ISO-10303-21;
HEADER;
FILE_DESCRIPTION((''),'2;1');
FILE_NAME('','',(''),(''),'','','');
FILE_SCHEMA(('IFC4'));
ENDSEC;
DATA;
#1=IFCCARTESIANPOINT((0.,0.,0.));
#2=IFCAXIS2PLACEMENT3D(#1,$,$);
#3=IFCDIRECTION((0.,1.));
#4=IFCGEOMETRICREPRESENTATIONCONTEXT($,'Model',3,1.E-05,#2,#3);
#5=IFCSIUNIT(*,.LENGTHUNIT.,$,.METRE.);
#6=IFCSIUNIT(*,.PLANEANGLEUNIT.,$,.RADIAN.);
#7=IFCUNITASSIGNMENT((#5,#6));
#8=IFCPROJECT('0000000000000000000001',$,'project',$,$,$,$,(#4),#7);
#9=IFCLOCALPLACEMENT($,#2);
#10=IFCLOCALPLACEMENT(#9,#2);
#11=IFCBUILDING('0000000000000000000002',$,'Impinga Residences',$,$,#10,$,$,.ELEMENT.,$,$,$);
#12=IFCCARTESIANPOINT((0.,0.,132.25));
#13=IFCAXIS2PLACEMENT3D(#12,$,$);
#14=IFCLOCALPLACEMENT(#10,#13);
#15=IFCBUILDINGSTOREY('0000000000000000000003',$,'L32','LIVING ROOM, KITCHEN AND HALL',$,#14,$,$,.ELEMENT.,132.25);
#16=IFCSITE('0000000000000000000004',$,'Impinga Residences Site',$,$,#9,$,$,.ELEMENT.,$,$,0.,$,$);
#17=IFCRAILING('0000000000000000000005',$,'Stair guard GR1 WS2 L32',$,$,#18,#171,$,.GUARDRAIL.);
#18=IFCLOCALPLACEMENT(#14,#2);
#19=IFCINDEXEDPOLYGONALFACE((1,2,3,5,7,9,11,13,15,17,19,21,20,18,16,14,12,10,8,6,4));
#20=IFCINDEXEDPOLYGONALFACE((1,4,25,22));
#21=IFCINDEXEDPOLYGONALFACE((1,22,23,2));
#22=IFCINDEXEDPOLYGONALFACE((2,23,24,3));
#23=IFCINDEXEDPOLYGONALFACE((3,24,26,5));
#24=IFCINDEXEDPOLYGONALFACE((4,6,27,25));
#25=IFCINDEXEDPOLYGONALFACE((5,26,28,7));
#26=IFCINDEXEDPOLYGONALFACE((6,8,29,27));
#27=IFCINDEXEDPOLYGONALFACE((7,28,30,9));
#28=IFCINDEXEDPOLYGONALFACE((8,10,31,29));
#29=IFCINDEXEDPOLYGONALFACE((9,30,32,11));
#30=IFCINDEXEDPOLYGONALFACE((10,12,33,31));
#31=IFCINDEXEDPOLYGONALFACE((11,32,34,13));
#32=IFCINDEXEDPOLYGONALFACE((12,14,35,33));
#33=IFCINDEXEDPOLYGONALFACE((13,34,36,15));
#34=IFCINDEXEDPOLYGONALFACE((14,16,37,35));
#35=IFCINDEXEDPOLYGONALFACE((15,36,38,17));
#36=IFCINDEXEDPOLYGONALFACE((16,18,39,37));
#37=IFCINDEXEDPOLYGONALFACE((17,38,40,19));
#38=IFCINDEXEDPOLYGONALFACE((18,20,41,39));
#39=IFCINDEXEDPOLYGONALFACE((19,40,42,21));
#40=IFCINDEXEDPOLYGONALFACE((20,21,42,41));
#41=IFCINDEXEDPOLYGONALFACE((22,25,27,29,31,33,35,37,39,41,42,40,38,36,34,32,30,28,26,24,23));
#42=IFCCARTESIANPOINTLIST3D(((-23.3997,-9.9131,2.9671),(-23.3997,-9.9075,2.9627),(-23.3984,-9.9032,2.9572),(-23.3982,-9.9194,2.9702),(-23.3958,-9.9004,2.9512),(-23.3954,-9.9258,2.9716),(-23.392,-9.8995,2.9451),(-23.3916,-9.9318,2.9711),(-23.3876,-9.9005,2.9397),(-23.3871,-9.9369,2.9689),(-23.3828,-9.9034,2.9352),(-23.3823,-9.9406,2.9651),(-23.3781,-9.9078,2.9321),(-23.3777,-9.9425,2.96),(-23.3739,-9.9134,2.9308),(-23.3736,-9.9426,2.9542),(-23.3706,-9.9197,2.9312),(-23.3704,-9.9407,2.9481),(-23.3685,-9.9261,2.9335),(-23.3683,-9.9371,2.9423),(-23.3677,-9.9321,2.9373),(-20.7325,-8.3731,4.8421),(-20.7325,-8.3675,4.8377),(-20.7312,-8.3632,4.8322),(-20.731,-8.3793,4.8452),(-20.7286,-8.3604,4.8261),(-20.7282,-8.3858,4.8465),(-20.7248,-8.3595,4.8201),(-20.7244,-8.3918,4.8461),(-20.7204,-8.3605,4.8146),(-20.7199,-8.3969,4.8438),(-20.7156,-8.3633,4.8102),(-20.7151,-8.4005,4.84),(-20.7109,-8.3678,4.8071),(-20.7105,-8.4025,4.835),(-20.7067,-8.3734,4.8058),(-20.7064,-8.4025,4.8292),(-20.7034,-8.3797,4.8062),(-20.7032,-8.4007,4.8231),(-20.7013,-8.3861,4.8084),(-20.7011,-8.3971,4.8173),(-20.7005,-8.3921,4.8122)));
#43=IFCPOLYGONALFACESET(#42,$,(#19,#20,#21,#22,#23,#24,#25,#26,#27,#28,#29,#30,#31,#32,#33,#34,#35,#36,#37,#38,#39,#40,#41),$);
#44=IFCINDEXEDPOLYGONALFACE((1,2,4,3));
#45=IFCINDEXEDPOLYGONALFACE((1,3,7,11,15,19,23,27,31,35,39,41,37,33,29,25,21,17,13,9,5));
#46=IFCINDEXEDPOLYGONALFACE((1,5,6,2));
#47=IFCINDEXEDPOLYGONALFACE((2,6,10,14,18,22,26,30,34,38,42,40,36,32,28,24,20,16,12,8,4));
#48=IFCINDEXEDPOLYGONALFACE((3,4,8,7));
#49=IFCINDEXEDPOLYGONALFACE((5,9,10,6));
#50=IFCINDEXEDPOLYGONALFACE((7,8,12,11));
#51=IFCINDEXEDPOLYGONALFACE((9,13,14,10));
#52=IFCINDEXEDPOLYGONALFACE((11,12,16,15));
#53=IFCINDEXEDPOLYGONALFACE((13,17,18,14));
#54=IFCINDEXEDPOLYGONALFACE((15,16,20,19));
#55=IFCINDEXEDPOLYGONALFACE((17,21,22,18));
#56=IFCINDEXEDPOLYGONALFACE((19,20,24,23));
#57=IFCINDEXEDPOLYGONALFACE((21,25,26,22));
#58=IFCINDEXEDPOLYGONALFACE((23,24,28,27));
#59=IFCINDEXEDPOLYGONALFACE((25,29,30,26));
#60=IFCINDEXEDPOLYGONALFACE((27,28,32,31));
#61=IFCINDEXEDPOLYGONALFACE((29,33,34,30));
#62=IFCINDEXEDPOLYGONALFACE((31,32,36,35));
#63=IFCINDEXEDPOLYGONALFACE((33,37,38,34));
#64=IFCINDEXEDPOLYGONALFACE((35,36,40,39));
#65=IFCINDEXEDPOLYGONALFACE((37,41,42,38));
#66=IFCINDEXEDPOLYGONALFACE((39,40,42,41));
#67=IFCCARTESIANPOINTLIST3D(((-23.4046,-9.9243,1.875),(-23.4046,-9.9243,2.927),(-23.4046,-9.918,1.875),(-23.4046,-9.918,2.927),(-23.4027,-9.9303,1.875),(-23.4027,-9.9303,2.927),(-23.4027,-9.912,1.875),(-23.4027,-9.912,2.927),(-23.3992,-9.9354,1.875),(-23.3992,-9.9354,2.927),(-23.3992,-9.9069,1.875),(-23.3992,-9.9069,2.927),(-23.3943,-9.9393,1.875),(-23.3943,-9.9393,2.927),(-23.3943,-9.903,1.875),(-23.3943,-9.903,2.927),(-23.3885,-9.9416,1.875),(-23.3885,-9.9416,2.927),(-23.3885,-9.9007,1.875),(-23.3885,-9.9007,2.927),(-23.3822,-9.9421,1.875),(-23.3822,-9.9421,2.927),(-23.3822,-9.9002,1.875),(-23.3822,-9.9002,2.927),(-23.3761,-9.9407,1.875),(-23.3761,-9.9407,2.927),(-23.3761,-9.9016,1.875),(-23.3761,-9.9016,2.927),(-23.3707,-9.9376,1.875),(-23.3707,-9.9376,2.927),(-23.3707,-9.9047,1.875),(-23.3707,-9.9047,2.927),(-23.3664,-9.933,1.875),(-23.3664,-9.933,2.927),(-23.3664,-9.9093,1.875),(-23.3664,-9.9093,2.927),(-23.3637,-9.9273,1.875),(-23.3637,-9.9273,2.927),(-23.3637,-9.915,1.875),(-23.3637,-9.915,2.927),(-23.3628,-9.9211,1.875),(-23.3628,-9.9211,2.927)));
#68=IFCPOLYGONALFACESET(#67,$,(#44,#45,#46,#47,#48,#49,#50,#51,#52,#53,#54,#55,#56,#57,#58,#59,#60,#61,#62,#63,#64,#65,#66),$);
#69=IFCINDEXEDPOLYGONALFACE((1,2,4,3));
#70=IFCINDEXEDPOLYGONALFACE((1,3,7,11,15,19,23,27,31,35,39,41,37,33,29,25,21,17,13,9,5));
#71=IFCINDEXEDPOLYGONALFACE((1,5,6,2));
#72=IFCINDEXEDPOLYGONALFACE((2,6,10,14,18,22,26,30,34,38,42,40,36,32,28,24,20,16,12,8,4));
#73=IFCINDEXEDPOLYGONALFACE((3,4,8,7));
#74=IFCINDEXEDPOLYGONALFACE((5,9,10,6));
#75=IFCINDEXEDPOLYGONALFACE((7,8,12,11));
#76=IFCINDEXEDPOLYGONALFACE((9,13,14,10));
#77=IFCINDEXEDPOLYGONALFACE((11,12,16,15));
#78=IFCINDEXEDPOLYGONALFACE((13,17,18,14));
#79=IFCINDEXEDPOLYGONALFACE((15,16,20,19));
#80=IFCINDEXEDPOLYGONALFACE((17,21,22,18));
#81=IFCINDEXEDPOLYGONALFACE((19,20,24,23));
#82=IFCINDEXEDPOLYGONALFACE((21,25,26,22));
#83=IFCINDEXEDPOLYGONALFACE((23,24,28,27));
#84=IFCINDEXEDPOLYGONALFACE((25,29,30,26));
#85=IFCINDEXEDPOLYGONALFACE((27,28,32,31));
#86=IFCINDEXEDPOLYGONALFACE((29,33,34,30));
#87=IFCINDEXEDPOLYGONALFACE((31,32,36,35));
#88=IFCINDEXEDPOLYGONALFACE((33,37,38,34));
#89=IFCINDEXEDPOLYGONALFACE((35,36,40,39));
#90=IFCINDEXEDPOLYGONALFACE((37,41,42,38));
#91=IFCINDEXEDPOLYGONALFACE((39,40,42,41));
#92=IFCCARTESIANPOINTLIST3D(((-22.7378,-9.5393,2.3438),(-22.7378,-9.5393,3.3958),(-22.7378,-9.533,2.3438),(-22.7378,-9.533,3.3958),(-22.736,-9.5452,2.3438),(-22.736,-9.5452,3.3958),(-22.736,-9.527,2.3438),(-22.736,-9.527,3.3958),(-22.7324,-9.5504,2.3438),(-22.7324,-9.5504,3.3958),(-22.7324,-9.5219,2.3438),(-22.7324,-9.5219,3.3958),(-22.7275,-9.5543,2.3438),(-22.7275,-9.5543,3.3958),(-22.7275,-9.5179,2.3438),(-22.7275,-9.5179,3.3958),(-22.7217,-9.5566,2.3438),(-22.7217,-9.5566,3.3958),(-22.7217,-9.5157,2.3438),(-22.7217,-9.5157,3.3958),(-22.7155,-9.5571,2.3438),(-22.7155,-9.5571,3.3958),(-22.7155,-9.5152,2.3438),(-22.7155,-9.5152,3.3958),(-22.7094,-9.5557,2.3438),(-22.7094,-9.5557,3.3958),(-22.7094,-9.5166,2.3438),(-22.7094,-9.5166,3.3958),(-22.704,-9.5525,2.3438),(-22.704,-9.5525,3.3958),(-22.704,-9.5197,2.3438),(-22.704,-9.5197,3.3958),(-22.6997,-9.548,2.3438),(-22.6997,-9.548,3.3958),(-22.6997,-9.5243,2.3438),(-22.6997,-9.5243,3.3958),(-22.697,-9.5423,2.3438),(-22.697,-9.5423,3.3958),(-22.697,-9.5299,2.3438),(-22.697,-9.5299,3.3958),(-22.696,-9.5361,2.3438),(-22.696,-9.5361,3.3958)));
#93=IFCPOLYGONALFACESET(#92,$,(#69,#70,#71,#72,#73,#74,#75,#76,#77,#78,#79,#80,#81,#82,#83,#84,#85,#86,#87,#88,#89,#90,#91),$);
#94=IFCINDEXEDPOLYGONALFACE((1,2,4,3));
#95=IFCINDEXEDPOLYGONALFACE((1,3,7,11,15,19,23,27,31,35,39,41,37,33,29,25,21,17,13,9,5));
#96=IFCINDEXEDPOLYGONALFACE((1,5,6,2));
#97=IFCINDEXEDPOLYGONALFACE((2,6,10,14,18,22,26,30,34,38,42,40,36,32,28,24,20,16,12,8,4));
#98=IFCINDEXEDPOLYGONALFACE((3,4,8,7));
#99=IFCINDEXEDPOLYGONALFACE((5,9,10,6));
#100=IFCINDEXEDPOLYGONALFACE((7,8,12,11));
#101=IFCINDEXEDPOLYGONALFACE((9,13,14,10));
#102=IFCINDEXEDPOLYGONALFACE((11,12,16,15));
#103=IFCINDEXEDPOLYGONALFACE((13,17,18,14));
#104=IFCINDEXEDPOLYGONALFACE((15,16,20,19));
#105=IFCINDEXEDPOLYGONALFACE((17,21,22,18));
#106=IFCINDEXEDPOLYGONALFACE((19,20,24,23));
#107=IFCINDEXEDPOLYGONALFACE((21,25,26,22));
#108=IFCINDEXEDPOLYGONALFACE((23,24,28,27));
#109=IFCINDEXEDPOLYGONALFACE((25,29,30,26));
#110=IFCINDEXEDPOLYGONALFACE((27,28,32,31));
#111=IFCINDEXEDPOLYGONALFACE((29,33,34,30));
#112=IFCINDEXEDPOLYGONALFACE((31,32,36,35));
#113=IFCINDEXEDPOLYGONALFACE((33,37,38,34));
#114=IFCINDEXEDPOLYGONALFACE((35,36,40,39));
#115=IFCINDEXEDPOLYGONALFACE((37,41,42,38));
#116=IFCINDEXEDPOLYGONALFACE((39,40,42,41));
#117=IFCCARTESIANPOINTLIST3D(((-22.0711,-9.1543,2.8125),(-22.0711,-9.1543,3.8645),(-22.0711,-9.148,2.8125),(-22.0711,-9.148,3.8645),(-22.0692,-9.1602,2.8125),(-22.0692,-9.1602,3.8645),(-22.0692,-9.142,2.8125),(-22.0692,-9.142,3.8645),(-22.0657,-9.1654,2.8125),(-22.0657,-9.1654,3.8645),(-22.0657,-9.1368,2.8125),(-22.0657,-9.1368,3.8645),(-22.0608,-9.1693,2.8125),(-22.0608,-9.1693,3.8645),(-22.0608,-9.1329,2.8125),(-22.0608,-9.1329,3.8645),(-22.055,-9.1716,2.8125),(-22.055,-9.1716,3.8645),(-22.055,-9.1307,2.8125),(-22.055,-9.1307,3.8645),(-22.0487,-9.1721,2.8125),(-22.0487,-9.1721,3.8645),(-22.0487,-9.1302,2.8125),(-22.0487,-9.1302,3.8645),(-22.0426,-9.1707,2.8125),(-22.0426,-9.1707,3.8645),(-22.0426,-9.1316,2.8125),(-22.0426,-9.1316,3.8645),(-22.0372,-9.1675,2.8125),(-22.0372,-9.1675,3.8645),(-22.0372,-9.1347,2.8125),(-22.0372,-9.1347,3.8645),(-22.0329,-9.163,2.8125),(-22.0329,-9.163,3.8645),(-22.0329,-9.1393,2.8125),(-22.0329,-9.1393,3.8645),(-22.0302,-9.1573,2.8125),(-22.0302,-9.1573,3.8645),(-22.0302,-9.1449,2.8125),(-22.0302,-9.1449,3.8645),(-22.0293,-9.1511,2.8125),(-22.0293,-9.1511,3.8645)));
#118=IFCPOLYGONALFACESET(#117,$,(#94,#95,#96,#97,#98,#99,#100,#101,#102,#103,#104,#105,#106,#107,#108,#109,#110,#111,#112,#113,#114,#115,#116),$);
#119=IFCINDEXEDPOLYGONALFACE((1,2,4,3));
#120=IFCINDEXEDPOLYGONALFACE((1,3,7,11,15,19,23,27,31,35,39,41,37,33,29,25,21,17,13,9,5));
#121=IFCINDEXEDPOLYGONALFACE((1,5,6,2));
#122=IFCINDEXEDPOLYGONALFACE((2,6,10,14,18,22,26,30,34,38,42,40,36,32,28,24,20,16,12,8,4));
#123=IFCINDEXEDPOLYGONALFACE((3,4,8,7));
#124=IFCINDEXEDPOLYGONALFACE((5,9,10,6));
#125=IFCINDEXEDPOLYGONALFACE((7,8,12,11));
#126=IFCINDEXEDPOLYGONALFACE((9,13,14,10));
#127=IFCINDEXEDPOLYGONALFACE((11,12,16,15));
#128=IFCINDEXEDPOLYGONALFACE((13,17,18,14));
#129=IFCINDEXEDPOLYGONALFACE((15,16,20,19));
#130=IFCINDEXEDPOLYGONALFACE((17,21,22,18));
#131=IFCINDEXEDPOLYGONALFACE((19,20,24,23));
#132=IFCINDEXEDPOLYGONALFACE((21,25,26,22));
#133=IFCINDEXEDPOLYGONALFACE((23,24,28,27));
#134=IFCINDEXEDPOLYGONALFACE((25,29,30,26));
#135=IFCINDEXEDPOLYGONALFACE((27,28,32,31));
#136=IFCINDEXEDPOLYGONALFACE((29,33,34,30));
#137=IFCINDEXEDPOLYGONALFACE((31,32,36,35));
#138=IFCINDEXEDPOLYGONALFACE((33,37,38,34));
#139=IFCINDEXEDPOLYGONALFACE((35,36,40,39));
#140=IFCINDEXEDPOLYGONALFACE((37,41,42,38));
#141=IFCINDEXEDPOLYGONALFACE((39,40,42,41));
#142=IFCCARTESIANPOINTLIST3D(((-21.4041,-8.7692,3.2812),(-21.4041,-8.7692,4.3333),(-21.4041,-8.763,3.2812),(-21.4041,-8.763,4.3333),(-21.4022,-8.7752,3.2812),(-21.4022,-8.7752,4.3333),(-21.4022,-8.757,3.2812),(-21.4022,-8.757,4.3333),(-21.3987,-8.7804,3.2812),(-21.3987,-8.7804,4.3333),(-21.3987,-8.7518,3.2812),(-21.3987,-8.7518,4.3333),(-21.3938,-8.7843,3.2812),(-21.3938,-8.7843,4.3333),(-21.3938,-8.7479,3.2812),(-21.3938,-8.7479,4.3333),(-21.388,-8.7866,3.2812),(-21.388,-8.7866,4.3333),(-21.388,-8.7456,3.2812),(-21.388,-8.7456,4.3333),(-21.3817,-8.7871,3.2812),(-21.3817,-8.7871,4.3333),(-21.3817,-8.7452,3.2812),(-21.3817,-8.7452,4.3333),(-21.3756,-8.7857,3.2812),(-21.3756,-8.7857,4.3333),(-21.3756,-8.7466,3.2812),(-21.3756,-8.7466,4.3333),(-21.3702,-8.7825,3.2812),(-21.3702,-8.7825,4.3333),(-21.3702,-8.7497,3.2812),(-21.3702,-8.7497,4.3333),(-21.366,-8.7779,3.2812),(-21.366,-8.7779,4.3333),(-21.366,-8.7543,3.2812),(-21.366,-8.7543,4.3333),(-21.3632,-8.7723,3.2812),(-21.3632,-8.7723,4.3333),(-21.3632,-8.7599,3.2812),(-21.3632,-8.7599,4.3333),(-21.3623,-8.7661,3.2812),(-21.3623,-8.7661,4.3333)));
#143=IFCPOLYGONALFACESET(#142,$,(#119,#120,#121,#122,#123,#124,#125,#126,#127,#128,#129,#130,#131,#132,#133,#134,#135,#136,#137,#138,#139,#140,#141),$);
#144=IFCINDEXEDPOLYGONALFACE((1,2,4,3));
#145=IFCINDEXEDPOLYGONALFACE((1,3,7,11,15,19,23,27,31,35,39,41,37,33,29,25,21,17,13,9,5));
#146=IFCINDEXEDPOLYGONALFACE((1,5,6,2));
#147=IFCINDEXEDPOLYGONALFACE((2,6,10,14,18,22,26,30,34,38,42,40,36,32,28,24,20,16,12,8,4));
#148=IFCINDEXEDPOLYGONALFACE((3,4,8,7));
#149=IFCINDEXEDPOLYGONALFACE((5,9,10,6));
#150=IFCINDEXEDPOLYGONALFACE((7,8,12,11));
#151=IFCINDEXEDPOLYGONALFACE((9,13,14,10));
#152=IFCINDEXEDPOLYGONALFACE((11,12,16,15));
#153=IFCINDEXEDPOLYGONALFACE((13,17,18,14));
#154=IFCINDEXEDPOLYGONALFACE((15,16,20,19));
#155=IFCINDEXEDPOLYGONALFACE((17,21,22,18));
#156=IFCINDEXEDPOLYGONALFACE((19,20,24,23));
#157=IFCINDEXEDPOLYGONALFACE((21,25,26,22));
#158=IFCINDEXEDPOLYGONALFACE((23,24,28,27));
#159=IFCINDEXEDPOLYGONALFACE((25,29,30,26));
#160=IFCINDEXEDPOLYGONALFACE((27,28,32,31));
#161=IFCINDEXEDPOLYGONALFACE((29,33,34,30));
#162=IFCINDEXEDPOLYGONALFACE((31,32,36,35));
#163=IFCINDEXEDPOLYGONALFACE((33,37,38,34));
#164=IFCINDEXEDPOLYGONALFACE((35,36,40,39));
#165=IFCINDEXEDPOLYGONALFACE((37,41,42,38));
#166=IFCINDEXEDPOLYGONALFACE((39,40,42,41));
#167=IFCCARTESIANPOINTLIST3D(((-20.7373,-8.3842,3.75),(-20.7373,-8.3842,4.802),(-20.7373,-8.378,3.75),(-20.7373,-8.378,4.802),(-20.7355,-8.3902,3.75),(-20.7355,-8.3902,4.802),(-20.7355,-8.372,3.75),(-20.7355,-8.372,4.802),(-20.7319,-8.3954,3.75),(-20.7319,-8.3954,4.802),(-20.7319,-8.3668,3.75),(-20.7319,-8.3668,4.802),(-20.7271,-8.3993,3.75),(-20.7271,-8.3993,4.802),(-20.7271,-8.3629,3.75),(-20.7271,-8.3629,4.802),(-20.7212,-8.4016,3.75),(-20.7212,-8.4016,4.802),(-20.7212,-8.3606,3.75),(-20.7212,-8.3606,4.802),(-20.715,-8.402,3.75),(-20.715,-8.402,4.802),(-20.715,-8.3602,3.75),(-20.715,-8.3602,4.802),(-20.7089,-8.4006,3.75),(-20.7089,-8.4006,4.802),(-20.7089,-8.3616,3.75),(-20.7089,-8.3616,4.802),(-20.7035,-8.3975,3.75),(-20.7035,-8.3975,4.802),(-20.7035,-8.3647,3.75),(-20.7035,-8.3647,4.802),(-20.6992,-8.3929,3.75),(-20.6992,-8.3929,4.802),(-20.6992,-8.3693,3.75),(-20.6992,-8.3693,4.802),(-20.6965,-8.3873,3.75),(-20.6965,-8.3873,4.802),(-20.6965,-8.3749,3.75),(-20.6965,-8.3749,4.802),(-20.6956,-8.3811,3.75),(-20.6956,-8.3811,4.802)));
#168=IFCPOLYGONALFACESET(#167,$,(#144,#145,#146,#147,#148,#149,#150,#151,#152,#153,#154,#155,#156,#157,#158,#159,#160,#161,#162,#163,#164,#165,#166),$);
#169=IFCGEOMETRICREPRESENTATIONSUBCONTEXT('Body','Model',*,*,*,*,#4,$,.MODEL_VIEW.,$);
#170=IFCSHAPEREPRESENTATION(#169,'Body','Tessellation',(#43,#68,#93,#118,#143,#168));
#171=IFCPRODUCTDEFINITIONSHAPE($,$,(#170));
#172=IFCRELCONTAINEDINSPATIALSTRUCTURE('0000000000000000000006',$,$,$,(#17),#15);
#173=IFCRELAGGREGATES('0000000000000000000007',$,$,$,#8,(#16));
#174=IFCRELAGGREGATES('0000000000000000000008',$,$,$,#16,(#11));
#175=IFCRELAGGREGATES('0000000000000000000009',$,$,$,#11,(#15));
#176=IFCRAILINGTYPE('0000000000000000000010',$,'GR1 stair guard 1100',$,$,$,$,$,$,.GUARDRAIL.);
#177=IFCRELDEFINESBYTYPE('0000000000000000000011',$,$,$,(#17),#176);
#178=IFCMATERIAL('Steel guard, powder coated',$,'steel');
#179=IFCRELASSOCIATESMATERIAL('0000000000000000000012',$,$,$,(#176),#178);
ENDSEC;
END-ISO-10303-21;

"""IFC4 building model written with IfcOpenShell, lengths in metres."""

from ifc_helpers import new_model, si_unit, direction, frame, origin, origin_2d, place, context, subcontext, project, spatial, circle, extrude, material, type_object, element, save


model = new_model("IFC4")

# Units and contexts
model_context = context("Model", 3, precision=1e-05, world=origin(), true_north=direction((0.0, 1.0)))
body_context = subcontext(model_context, "Body", "Model", "MODEL_VIEW")
ifc_project = project(units=[si_unit("LENGTHUNIT", "METRE"), si_unit("PLANEANGLEUNIT", "RADIAN")], contexts=[model_context])

# Site, building, storey
site_placement = place(None, origin())
site = spatial("IfcSite", under=ifc_project, at=site_placement, Name="Impinga Residences Site", CompositionType="ELEMENT", RefElevation=0.0)
building_placement = place(site_placement, origin())
building = spatial("IfcBuilding", under=site, at=building_placement, Name="Impinga Residences", CompositionType="ELEMENT")
storey_placement = place(building_placement, frame((0.0, 0.0, 132.25)))
storey = spatial("IfcBuildingStorey", under=building, at=storey_placement, Name="L32", Description="LIVING ROOM, KITCHEN AND HALL", CompositionType="ELEMENT", Elevation=132.25)

# Railing
ifc_material_1 = material(Name="Steel guard, powder coated", Category="steel")
railing_type_1 = type_object("IfcRailingType", Name="GR1 stair guard 1100", PredefinedType="GUARDRAIL", material=ifc_material_1)
railing_1_placement = place(storey_placement, frame((-23.3838, -9.9211, 1.875)))
element("IfcRailing", 1, at=railing_1_placement, inside=storey, type_object=railing_type_1, Name="Stair guard GR1 WS2 L32", PredefinedType="GUARDRAIL", context=body_context, shape_type="SweptSolid", body=[
    extrude(circle(Radius=0.0239, at=origin_2d()), frame((0.0, 0.0, 1.0762), z_axis=(0.739716, 0.427105, 0.520002), x_axis=(-0.500027, 0.86601, 0.0)), (0.0, 0.0, 1.0), 3.6057),
    extrude(circle(Radius=0.021, at=origin_2d()), origin(), (0.0, 0.0, 1.0), 1.052),
    extrude(circle(Radius=0.021, at=origin_2d()), frame((0.6667, 0.385, 0.4688)), (0.0, 0.0, 1.0), 1.052),
    extrude(circle(Radius=0.021, at=origin_2d()), frame((1.3335, 0.77, 0.9375)), (0.0, 0.0, 1.0), 1.052),
    extrude(circle(Radius=0.021, at=origin_2d()), frame((2.0005, 1.155, 1.4062)), (0.0, 0.0, 1.0), 1.052),
    extrude(circle(Radius=0.021, at=origin_2d()), frame((2.6672, 1.54, 1.875)), (0.0, 0.0, 1.0), 1.052),
])

save(model, "model.ifc")
